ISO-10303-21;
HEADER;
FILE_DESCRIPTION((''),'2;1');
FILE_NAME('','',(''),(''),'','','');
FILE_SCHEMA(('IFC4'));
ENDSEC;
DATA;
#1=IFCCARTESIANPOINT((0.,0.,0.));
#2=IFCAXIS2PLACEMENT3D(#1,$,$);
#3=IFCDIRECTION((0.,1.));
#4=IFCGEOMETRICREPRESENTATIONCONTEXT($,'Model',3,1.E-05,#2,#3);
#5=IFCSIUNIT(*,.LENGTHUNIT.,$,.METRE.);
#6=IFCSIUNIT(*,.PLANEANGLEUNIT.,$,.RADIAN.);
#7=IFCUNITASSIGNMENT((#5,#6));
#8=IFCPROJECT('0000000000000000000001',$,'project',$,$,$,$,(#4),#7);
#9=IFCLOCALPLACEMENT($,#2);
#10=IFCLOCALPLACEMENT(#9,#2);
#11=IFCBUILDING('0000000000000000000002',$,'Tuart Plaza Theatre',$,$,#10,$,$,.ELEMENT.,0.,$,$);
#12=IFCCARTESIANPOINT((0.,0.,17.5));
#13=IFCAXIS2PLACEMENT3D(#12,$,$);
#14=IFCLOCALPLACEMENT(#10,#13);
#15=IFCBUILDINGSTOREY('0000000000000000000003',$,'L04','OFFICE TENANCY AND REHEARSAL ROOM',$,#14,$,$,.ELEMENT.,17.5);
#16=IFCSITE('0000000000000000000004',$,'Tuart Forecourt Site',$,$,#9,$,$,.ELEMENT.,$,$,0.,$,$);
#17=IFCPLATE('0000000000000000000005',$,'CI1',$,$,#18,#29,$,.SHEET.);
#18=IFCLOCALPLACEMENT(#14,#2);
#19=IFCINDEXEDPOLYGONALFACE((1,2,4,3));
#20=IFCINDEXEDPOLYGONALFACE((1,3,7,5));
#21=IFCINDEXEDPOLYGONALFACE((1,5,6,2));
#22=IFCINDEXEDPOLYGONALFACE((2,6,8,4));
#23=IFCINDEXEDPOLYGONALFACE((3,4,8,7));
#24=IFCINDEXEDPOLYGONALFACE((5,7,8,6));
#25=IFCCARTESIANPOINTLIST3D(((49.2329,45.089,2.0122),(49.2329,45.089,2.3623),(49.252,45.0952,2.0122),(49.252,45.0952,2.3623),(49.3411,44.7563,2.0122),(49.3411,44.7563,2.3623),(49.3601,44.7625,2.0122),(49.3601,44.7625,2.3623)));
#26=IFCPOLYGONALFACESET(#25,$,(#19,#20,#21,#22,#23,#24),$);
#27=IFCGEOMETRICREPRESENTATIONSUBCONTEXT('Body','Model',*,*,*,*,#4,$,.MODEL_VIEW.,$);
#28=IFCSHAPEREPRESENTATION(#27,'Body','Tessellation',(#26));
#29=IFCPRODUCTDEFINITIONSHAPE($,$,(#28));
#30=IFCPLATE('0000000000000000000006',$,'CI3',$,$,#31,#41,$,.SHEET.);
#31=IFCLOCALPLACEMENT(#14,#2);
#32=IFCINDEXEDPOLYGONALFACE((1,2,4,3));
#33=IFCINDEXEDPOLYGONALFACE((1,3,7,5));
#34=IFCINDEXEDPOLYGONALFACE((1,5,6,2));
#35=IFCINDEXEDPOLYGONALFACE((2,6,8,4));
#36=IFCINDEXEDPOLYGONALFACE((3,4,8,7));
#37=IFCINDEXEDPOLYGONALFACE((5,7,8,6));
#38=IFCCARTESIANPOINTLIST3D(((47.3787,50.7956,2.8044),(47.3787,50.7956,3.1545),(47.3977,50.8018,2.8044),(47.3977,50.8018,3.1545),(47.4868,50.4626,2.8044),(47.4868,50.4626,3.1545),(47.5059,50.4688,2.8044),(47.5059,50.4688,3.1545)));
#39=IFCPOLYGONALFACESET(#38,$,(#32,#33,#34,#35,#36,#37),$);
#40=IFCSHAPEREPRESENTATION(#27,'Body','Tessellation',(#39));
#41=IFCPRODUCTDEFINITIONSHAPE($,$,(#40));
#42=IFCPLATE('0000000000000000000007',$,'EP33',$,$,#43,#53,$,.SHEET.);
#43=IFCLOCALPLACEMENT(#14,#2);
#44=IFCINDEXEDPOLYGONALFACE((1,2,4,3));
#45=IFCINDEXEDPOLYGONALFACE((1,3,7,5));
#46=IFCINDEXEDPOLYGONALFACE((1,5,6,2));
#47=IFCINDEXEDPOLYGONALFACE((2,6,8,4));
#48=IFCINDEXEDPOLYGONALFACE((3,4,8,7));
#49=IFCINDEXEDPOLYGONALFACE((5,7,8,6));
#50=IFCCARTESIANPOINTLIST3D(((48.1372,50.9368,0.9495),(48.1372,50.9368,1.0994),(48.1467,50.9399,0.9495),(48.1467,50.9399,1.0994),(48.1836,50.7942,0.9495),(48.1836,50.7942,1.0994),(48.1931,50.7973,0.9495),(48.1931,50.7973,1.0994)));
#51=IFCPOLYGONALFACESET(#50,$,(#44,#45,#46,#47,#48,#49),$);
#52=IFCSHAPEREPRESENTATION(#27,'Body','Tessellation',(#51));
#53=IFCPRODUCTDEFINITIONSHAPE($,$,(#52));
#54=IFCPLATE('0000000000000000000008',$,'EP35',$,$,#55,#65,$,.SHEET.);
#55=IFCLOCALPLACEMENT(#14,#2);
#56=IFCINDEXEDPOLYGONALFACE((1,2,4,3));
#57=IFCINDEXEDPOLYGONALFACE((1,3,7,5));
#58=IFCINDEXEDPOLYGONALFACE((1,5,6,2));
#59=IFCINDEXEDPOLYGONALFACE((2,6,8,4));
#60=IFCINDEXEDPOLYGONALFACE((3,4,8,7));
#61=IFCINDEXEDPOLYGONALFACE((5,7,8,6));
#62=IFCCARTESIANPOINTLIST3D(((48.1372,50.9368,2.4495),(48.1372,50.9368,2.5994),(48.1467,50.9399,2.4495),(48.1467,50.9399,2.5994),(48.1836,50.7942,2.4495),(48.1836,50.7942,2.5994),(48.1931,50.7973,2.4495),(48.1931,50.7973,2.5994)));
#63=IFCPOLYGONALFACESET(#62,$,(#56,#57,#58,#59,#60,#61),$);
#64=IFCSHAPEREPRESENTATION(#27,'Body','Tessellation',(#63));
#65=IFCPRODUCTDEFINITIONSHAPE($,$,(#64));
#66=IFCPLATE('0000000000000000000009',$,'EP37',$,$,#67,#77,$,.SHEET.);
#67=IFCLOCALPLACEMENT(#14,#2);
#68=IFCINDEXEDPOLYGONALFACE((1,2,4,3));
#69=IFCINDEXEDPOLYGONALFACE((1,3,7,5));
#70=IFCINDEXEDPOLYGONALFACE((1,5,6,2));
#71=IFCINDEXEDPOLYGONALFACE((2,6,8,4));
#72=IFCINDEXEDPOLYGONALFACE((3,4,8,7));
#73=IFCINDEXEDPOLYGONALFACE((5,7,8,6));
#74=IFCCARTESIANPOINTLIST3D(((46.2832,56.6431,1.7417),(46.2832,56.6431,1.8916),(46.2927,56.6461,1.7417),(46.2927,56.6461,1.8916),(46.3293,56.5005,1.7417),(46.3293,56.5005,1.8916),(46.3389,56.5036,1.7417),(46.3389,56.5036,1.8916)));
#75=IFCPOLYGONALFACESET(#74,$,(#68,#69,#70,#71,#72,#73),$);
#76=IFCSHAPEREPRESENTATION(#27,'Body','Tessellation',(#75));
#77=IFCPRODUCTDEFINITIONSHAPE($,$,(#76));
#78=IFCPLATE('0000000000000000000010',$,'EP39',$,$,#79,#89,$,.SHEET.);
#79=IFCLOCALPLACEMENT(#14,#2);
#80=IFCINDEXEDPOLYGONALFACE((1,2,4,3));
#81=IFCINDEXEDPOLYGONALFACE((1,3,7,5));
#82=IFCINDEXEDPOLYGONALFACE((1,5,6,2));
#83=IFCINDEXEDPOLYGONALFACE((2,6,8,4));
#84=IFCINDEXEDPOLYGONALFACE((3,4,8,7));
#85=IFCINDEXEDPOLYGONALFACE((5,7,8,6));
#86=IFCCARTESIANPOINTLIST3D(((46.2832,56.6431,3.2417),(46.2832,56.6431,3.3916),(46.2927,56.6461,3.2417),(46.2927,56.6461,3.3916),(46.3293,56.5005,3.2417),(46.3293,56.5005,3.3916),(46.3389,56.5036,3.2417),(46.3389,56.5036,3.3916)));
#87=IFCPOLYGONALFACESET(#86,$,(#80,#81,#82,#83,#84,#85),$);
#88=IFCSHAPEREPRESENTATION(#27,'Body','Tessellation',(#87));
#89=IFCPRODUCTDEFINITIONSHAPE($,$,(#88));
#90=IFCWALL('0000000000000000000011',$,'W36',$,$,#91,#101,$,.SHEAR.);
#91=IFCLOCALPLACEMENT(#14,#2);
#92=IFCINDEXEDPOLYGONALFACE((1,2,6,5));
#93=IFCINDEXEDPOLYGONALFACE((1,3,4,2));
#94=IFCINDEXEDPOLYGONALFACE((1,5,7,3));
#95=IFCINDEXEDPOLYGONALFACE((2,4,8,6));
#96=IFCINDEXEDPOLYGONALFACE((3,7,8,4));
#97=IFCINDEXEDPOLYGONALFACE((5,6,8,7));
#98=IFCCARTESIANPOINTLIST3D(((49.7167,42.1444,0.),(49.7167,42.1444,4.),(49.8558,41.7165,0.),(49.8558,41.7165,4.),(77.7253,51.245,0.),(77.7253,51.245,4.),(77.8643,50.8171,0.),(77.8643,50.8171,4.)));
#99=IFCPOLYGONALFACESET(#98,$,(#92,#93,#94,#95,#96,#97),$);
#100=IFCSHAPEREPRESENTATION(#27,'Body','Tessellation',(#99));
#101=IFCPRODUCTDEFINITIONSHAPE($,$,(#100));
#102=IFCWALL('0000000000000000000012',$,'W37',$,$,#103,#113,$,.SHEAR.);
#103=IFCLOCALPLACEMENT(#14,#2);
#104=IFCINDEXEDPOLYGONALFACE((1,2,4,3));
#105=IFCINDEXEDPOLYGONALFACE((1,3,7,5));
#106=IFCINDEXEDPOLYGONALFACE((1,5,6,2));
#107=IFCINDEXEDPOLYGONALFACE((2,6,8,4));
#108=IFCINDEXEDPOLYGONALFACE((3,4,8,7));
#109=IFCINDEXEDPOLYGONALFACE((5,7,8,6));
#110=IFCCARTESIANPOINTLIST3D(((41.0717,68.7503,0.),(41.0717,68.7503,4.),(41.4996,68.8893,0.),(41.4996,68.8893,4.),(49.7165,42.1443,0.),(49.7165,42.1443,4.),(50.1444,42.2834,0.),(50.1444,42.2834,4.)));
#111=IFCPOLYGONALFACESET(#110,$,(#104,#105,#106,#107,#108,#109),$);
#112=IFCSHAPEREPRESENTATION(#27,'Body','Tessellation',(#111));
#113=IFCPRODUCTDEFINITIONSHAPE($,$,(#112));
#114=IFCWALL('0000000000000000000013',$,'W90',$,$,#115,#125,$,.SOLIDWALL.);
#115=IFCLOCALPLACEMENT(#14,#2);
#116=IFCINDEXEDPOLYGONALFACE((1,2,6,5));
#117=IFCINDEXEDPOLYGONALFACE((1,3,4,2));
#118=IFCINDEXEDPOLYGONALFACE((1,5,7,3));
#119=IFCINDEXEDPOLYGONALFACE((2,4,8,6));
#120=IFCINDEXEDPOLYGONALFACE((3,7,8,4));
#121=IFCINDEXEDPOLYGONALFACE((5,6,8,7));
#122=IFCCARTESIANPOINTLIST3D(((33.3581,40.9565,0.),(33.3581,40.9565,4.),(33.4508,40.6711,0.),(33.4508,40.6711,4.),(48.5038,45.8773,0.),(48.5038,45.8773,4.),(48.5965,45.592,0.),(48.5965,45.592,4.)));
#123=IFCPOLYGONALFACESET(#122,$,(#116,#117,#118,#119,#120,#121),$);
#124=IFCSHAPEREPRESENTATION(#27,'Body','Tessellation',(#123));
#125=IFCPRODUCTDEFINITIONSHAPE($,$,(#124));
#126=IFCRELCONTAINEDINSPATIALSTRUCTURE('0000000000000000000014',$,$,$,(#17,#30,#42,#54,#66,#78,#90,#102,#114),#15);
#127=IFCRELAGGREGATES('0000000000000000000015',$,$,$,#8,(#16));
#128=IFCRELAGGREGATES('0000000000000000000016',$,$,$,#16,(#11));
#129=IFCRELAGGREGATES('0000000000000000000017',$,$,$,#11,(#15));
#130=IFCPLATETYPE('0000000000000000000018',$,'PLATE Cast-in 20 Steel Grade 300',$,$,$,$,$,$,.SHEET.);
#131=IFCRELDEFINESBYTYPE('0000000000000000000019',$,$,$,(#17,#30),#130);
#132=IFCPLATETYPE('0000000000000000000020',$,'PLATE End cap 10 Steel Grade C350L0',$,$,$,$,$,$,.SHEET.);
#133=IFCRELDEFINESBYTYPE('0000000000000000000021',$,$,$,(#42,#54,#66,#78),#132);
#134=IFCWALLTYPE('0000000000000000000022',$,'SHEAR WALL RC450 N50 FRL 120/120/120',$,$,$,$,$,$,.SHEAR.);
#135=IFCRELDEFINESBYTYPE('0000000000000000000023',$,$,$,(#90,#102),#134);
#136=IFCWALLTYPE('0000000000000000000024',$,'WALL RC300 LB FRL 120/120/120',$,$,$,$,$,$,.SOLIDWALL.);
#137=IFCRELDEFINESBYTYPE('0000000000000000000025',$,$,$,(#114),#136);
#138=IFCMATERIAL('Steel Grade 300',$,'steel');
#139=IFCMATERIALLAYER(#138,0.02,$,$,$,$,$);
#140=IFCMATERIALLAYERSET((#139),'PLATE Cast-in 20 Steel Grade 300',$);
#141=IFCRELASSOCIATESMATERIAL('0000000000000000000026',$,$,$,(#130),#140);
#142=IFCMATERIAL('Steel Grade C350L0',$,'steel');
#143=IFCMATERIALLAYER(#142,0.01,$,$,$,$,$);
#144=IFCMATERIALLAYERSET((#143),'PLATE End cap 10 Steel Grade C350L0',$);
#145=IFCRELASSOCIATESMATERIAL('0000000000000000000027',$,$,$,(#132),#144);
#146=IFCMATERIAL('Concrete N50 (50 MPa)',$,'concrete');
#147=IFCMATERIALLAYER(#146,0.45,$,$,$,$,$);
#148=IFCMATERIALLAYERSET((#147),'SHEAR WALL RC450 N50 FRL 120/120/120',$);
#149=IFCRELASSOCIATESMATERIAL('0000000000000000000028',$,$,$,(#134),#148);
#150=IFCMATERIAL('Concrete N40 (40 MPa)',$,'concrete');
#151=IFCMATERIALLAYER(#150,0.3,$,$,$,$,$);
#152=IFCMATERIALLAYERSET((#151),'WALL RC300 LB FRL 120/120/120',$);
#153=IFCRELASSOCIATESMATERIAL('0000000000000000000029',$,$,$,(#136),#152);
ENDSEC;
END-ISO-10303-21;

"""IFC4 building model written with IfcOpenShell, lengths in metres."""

from ifc_helpers import new_model, si_unit, direction, frame, frame_2d, origin, place, context, subcontext, project, spatial, polyline, rectangle, outline, extrude, material, layer, layer_set, type_object, element, save


model = new_model("IFC4")

# Units and contexts
model_context = context("Model", 3, precision=1e-05, world=origin(), true_north=direction((0.0, 1.0)))
body_context = subcontext(model_context, "Body", "Model", "MODEL_VIEW")
ifc_project = project(units=[si_unit("LENGTHUNIT", "METRE"), si_unit("PLANEANGLEUNIT", "RADIAN")], contexts=[model_context])

# Site, building, storey
site_placement = place(None, origin())
site = spatial("IfcSite", under=ifc_project, at=site_placement, Name="Tuart Forecourt Site", CompositionType="ELEMENT", RefElevation=0.0)
building_placement = place(site_placement, origin())
building = spatial("IfcBuilding", under=site, at=building_placement, Name="Tuart Plaza Theatre", CompositionType="ELEMENT", ElevationOfRefHeight=0.0)
storey_placement = place(building_placement, frame((0.0, 0.0, 17.5)))
storey = spatial("IfcBuildingStorey", under=building, at=storey_placement, Name="L04", Description="OFFICE TENANCY AND REHEARSAL ROOM", CompositionType="ELEMENT", Elevation=17.5)

# Plates
ifc_material_1 = material(Name="Steel Grade 300", Category="steel")
ifc_layer_1 = layer(ifc_material_1, 0.02)
ifc_layer_set_1 = layer_set([ifc_layer_1], Name="PLATE Cast-in 20 Steel Grade 300")
plate_type_1 = type_object("IfcPlateType", Name="PLATE Cast-in 20 Steel Grade 300", PredefinedType="SHEET", material=ifc_layer_set_1)
plate_1_placement = place(storey_placement, frame((49.3601, 44.7625, 2.0122), z_axis=(0.951029, 0.309102, 0.0), x_axis=(-0.309102, 0.951029, 0.0)))
element("IfcPlate", 1, at=plate_1_placement, inside=storey, type_object=plate_type_1, Name="CI1", PredefinedType="SHEET", context=body_context, shape_type="SweptSolid", body=[
    extrude(outline(polyline([(0.0, 0.0), (0.3499, 0.0), (0.3499, 0.3501), (0.0, 0.3501), (0.0, 0.0)])), origin(), (0.0, 0.0, -1.0), 0.02),
])
plate_2_placement = place(storey_placement, frame((47.5059, 50.4688, 2.8044), z_axis=(0.951096, 0.308897, 0.0), x_axis=(-0.308897, 0.951096, 0.0)))
element("IfcPlate", 2, at=plate_2_placement, inside=storey, type_object=plate_type_1, Name="CI3", PredefinedType="SHEET", context=body_context, shape_type="SweptSolid", body=[
    extrude(outline(polyline([(0.0, 0.0), (0.3501, 0.0), (0.3501, 0.3501), (0.0, 0.3501), (0.0, 0.0)])), origin(), (0.0, 0.0, -1.0), 0.02),
])
ifc_material_2 = material(Name="Steel Grade C350L0", Category="steel")
ifc_layer_2 = layer(ifc_material_2, 0.01)
ifc_layer_set_2 = layer_set([ifc_layer_2], Name="PLATE End cap 10 Steel Grade C350L0")
plate_type_2 = type_object("IfcPlateType", Name="PLATE End cap 10 Steel Grade C350L0", PredefinedType="SHEET", material=ifc_layer_set_2)
for number, where, z_axis, x_axis, name in (
    (3, (48.1836, 50.7942, 1.0994), (-0.950938, -0.309381, 0.0), (-0.309381, 0.950938, 0.0), "EP33"),
    (4, (48.1836, 50.7942, 2.5994), (-0.950938, -0.309381, 0.0), (-0.309381, 0.950938, 0.0), "EP35"),
):
    element("IfcPlate", number, at=place(storey_placement, frame(where, z_axis=z_axis, x_axis=x_axis)), inside=storey, type_object=plate_type_2, Name=name, PredefinedType="SHEET", context=body_context, shape_type="SweptSolid", body=[
        extrude(outline(polyline([(0.0, 0.0), (0.1499, 0.0), (0.1499, 0.1499), (0.0, 0.1499), (0.0, 0.0)])), origin(), (0.0, 0.0, -1.0), 0.01),
    ])
for number, where, z_axis, x_axis, name in (
    (5, (46.3293, 56.5005, 1.8916), (-0.951416, -0.307907, 0.0), (-0.307907, 0.951416, 0.0), "EP37"),
    (6, (46.3293, 56.5005, 3.3916), (-0.951416, -0.307907, 0.0), (-0.307907, 0.951416, 0.0), "EP39"),
):
    element("IfcPlate", number, at=place(storey_placement, frame(where, z_axis=z_axis, x_axis=x_axis)), inside=storey, type_object=plate_type_2, Name=name, PredefinedType="SHEET", context=body_context, shape_type="SweptSolid", body=[
        extrude(outline(polyline([(0.0, 0.0), (0.1499, 0.0), (0.1499, 0.1499), (0.0, 0.1499), (0.0, 0.0)])), origin(), (0.0, 0.0, -1.0), 0.01),
    ])

# Walls
ifc_material_3 = material(Name="Concrete N50 (50 MPa)", Category="concrete")
ifc_layer_3 = layer(ifc_material_3, 0.45)
ifc_layer_set_3 = layer_set([ifc_layer_3], Name="SHEAR WALL RC450 N50 FRL 120/120/120")
wall_type_1 = type_object("IfcWallType", Name="SHEAR WALL RC450 N50 FRL 120/120/120", PredefinedType="SHEAR", material=ifc_layer_set_3)
wall_1_placement = place(storey_placement, frame((49.7861, 41.9304, 0.0), z_axis=(0.0, 0.0, 1.0), x_axis=(0.951056, 0.309019, 0.0)))
element("IfcWall", 7, at=wall_1_placement, inside=storey, type_object=wall_type_1, Name="W36", PredefinedType="SHEAR", context=body_context, shape_type="SweptSolid", body=[
    extrude(rectangle(XDim=29.45, YDim=0.45, at=frame_2d((14.7251, 0.0))), origin(), (0.0, 0.0, 1.0), 4.0),
])
wall_2_placement = place(storey_placement, frame((49.9304, 42.2139, 0.0), z_axis=(0.0, 0.0, 1.0), x_axis=(-0.309016, 0.951057, 0.0)))
element("IfcWall", 8, at=wall_2_placement, inside=storey, type_object=wall_type_1, Name="W37", PredefinedType="SHEAR", context=body_context, shape_type="SweptSolid", body=[
    extrude(rectangle(XDim=27.9751, YDim=0.45, at=frame_2d((13.9875, 0.0))), origin(), (0.0, 0.0, 1.0), 4.0),
])
ifc_material_4 = material(Name="Concrete N40 (40 MPa)", Category="concrete")
ifc_layer_4 = layer(ifc_material_4, 0.3)
ifc_layer_set_4 = layer_set([ifc_layer_4], Name="WALL RC300 LB FRL 120/120/120")
wall_type_2 = type_object("IfcWallType", Name="WALL RC300 LB FRL 120/120/120", PredefinedType="SOLIDWALL", material=ifc_layer_set_4)
wall_3_placement = place(storey_placement, frame((48.55, 45.7346, 0.0), z_axis=(0.0, 0.0, 1.0), x_axis=(-0.951061, -0.309003, 0.0)))
element("IfcWall", 9, at=wall_3_placement, inside=storey, type_object=wall_type_2, Name="W90", PredefinedType="SOLIDWALL", context=body_context, shape_type="SweptSolid", body=[
    extrude(rectangle(XDim=15.925, YDim=0.3, at=frame_2d((7.9624, 0.0))), origin(), (0.0, 0.0, 1.0), 4.0),
])

save(model, "model.ifc")
